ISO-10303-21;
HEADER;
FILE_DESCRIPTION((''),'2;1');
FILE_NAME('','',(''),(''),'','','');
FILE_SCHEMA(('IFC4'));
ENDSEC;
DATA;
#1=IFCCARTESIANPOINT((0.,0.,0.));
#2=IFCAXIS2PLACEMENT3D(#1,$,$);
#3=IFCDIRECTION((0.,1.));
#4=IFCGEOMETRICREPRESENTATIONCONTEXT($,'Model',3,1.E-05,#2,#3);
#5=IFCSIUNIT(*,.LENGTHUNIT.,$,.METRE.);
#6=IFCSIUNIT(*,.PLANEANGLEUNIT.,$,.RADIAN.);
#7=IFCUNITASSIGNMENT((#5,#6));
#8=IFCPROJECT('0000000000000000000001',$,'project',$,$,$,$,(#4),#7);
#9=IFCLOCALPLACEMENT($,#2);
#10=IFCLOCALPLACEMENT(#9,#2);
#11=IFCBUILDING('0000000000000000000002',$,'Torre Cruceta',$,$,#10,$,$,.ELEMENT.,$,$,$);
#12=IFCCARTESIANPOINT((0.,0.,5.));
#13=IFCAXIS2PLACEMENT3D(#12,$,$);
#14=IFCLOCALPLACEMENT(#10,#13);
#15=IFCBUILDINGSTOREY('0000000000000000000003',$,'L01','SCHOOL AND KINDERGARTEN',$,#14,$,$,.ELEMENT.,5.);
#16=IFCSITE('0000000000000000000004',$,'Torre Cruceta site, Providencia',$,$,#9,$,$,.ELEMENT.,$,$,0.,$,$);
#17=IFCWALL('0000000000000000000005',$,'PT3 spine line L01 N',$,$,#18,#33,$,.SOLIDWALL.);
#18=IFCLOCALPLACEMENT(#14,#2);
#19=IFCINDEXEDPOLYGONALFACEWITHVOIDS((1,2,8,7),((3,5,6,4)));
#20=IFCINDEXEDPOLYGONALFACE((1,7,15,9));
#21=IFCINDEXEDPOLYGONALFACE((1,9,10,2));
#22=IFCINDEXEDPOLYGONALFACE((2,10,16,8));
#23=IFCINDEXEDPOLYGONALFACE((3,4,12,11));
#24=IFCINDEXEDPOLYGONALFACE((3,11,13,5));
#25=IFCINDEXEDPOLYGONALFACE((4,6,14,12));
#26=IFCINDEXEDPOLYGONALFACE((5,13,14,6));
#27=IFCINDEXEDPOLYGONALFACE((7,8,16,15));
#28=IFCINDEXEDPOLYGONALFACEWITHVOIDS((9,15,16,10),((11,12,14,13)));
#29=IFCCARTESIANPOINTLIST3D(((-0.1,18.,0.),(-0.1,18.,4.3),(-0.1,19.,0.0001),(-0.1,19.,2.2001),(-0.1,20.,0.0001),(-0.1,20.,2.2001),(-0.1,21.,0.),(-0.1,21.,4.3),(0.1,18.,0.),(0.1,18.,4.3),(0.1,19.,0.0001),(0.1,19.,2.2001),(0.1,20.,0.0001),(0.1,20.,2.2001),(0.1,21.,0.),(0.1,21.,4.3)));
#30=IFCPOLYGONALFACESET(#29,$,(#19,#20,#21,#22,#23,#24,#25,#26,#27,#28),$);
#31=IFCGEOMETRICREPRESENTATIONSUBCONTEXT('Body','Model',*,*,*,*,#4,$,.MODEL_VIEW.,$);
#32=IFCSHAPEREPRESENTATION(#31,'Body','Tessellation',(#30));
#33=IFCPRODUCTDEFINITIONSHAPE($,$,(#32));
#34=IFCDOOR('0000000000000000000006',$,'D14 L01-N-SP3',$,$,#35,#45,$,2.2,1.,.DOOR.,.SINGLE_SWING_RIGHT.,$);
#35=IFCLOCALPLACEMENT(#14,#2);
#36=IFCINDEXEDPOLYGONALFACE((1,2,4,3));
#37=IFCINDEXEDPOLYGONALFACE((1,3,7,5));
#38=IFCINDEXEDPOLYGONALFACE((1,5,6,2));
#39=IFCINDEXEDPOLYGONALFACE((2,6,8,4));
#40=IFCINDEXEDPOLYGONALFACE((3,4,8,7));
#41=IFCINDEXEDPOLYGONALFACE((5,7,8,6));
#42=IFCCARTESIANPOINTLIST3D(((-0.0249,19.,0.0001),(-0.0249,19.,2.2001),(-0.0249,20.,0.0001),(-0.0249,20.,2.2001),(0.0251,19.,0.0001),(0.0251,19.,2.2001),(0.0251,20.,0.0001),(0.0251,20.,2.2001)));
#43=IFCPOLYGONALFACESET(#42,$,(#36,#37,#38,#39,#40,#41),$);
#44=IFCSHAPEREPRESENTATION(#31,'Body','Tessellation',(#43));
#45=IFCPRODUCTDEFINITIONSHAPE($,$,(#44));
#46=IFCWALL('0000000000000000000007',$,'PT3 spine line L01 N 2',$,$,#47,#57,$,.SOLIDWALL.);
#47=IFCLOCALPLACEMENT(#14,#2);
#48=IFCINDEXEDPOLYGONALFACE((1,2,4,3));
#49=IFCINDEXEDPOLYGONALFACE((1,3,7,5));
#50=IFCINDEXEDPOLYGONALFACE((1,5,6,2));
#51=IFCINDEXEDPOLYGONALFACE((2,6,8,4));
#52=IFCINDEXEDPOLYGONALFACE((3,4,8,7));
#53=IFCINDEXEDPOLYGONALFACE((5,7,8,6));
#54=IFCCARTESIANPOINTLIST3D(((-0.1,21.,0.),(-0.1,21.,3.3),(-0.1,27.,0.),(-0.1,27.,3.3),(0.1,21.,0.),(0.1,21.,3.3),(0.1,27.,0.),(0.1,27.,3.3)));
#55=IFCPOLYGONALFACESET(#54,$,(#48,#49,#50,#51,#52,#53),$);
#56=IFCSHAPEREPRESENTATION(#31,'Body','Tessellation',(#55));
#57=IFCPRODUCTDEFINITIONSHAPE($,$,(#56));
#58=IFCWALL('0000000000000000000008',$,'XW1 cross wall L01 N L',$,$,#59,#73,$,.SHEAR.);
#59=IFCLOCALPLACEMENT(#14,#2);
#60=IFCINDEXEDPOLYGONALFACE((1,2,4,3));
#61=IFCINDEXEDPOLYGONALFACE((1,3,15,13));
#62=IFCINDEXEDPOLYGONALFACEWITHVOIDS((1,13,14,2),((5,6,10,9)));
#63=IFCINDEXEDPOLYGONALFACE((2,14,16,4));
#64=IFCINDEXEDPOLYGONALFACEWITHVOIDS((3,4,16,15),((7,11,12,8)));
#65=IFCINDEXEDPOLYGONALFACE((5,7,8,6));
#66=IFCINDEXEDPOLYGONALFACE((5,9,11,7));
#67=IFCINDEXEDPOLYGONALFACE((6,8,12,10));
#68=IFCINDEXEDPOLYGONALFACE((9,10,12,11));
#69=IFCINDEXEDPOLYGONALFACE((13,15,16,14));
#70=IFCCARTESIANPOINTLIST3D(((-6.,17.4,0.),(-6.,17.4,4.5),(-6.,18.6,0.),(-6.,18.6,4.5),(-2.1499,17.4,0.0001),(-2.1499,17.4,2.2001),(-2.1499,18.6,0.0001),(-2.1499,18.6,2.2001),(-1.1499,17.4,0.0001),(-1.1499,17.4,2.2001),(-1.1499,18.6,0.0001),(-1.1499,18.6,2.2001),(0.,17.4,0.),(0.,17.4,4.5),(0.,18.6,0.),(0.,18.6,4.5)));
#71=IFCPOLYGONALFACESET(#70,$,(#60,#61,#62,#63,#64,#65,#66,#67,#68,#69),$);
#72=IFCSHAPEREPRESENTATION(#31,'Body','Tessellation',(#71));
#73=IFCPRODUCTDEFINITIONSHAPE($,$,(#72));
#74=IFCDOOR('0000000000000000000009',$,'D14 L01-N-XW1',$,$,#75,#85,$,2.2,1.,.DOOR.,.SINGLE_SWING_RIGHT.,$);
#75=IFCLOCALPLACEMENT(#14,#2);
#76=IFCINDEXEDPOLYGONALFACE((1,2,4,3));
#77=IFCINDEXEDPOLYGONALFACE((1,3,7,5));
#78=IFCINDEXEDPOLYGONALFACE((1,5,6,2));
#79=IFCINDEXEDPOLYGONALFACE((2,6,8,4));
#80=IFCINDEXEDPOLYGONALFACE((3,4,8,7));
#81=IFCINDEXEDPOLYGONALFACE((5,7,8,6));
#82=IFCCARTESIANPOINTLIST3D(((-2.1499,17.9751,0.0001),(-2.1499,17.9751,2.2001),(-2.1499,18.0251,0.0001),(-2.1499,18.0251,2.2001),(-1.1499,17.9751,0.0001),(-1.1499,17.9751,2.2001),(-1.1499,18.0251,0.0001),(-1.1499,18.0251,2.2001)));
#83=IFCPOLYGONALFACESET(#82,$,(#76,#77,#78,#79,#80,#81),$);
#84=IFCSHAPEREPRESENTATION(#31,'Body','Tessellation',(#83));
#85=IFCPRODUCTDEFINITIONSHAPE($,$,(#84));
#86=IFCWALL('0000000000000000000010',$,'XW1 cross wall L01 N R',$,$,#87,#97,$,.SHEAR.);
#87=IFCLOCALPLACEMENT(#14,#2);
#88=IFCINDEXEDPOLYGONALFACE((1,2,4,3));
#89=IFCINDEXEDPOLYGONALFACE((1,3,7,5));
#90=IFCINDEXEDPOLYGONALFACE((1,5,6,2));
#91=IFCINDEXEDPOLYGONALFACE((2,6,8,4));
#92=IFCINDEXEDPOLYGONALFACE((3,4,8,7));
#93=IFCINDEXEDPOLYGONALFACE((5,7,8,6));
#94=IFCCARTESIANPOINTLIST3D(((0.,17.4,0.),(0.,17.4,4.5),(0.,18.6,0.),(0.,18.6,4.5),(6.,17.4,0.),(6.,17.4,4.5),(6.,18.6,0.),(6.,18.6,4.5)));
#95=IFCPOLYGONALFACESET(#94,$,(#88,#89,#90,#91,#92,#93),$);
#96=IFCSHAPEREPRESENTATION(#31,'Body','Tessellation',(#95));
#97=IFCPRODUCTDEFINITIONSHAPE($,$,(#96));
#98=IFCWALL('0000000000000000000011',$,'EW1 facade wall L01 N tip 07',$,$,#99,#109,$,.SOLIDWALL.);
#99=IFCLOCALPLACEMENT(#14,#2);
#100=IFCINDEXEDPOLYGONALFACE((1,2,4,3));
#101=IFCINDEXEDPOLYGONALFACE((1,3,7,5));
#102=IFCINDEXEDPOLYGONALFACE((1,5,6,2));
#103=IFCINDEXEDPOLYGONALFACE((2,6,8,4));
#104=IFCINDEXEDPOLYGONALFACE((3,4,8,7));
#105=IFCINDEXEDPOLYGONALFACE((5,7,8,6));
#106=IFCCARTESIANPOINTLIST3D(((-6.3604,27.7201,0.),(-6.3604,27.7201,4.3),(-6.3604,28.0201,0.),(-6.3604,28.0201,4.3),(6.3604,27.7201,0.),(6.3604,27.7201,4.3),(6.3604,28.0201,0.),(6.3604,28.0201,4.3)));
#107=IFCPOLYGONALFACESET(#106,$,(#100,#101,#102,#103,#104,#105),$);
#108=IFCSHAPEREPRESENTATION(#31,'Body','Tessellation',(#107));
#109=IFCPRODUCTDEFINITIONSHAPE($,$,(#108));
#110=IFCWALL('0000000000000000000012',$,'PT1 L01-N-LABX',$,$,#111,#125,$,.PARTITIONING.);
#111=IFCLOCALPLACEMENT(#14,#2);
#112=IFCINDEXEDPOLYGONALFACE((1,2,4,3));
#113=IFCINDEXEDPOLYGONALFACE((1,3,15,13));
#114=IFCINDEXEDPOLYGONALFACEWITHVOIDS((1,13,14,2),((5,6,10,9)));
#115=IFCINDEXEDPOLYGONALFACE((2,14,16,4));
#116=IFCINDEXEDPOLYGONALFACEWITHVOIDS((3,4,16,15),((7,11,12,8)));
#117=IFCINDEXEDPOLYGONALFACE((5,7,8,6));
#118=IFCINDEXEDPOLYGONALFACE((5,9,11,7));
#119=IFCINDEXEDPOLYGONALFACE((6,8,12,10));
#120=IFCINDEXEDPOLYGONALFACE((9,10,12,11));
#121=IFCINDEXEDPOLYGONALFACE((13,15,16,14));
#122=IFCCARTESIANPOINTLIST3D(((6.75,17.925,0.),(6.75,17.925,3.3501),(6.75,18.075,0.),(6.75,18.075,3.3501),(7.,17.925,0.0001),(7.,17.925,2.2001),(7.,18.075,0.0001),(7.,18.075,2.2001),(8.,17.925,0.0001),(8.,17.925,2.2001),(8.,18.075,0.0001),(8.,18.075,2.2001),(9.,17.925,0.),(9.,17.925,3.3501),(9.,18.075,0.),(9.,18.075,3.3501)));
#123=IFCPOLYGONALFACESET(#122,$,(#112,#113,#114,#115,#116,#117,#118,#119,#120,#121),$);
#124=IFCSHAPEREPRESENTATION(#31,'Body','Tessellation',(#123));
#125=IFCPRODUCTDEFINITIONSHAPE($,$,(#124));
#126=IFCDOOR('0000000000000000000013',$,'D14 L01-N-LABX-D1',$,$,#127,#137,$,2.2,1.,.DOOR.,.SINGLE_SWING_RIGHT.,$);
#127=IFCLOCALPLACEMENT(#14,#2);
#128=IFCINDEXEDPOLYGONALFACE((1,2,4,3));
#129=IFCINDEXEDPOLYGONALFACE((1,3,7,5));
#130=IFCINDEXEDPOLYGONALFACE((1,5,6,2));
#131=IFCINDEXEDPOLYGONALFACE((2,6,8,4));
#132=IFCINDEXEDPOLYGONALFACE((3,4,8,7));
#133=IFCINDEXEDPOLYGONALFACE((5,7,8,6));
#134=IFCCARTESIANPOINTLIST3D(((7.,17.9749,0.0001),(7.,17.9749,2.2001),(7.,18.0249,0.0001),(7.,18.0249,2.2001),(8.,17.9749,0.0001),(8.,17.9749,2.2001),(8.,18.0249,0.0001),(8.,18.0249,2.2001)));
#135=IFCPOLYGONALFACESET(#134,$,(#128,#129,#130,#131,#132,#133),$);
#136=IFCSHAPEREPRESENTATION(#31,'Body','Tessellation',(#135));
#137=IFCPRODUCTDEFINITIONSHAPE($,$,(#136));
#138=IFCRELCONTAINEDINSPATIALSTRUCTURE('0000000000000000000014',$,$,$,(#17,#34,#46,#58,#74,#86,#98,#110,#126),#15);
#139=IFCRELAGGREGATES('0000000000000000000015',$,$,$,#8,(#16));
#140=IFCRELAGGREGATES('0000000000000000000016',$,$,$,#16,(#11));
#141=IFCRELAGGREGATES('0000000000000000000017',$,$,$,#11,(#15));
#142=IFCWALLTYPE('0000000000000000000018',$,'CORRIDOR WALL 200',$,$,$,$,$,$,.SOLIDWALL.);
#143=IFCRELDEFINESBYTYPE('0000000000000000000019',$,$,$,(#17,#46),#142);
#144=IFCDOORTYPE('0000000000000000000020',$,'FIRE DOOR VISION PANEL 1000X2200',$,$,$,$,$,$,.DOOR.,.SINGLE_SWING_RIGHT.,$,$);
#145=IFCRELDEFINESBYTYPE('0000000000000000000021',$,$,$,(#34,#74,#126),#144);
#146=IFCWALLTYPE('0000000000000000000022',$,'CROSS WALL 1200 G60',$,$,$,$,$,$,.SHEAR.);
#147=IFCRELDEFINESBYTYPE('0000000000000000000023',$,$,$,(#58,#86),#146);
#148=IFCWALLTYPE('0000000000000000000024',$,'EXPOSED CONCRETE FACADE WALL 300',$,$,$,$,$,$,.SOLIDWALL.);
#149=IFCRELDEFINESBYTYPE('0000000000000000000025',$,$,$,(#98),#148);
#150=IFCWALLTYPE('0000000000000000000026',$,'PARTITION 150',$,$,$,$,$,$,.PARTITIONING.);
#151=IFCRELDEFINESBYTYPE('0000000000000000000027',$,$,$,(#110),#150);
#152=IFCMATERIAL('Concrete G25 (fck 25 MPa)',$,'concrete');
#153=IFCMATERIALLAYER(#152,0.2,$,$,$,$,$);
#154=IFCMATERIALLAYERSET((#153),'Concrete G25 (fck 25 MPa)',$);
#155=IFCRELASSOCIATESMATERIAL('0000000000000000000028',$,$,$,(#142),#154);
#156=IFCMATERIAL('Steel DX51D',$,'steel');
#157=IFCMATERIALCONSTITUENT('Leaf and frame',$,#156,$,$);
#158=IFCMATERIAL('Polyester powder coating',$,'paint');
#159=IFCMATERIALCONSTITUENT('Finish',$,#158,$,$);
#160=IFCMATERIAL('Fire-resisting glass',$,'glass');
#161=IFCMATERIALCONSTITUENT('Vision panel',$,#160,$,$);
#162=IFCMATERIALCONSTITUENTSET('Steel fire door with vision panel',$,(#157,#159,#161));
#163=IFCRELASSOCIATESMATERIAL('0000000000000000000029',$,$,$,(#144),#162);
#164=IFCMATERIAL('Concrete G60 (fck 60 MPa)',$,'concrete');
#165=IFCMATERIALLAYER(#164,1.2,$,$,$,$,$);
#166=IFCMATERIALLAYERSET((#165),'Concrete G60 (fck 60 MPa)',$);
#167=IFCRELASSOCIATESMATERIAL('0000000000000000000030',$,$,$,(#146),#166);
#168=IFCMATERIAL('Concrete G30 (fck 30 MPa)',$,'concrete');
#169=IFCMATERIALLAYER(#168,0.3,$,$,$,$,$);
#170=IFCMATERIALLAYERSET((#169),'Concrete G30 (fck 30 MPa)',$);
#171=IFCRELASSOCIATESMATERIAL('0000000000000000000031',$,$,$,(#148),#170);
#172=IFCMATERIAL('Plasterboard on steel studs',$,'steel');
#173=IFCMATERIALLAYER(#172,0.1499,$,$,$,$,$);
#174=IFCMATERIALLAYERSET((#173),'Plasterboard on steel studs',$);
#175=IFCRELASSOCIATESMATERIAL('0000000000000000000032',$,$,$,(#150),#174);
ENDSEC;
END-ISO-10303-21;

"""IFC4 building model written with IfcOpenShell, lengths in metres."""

from ifc_helpers import new_model, si_unit, direction, frame, frame_2d, origin, place, context, subcontext, project, spatial, rectangle, extrude, material, layer, layer_set, constituent, constituent_set, type_object, element, fill, save


model = new_model("IFC4")

# Units and contexts
model_context = context("Model", 3, precision=1e-05, world=origin(), true_north=direction((0.0, 1.0)))
body_context = subcontext(model_context, "Body", "Model", "MODEL_VIEW")
ifc_project = project(units=[si_unit("LENGTHUNIT", "METRE"), si_unit("PLANEANGLEUNIT", "RADIAN")], contexts=[model_context])

# Site, building, storey
site_placement = place(None, origin())
site = spatial("IfcSite", under=ifc_project, at=site_placement, Name="Torre Cruceta site, Providencia", CompositionType="ELEMENT", RefElevation=0.0)
building_placement = place(site_placement, origin())
building = spatial("IfcBuilding", under=site, at=building_placement, Name="Torre Cruceta", CompositionType="ELEMENT")
storey_placement = place(building_placement, frame((0.0, 0.0, 5.0)))
storey = spatial("IfcBuildingStorey", under=building, at=storey_placement, Name="L01", Description="SCHOOL AND KINDERGARTEN", CompositionType="ELEMENT", Elevation=5.0)

# Wall, opening, door
ifc_material_1 = material(Name="Concrete G25 (fck 25 MPa)", Category="concrete")
ifc_layer_1 = layer(ifc_material_1, 0.2)
ifc_layer_set_1 = layer_set([ifc_layer_1], Name="Concrete G25 (fck 25 MPa)")
wall_type_1 = type_object("IfcWallType", Name="CORRIDOR WALL 200", PredefinedType="SOLIDWALL", material=ifc_layer_set_1)
wall_1_placement = place(storey_placement, frame((0.0, 18.0, 0.0), z_axis=(0.0, 0.0, 1.0), x_axis=(0.0, 1.0, 0.0)))
wall_1 = element("IfcWall", 1, at=wall_1_placement, inside=storey, type_object=wall_type_1, Name="PT3 spine line L01 N", PredefinedType="SOLIDWALL", context=body_context, shape_type="SweptSolid", body=[
    extrude(rectangle(XDim=3.0, YDim=0.2, at=frame_2d((1.5, 0.0))), origin(), (0.0, 0.0, 1.0), 4.3),
])
opening_1_placement = place(wall_1_placement, frame((1.0, 0.0, 0.0)))
opening_1 = element("IfcOpeningElement", 2, at=opening_1_placement, cuts=wall_1, PredefinedType="OPENING", context=body_context, shape_type="SweptSolid", body=[
    extrude(rectangle(XDim=1.0, YDim=2.2, at=frame_2d((0.5, 1.1001))), frame((0.0, 0.1099, 0.0), z_axis=(0.0, -1.0, 0.0), x_axis=(1.0, 0.0, 0.0)), (0.0, 0.0, 1.0), 0.22),
])
ifc_material_2 = material(Name="Steel DX51D", Category="steel")
ifc_constituent_1 = constituent(ifc_material_2, Name="Leaf and frame")
ifc_material_3 = material(Name="Polyester powder coating", Category="paint")
ifc_constituent_2 = constituent(ifc_material_3, Name="Finish")
ifc_material_4 = material(Name="Fire-resisting glass", Category="glass")
ifc_constituent_3 = constituent(ifc_material_4, Name="Vision panel")
ifc_constituent_set = constituent_set(constituents=[ifc_constituent_1, ifc_constituent_2, ifc_constituent_3], Name="Steel fire door with vision panel")
door_type = type_object("IfcDoorType", Name="FIRE DOOR VISION PANEL 1000X2200", OperationType="SINGLE_SWING_RIGHT", PredefinedType="DOOR", material=ifc_constituent_set)
door_1_placement = place(opening_1_placement, frame((1.0, 0.0, 0.0), z_axis=(0.0, 0.0, 1.0), x_axis=(-1.0, 0.0, 0.0)))
door_1 = element("IfcDoor", 3, at=door_1_placement, inside=storey, type_object=door_type, Name="D14 L01-N-SP3", OperationType="SINGLE_SWING_RIGHT", OverallHeight=2.2, OverallWidth=1.0, PredefinedType="DOOR", context=body_context, shape_type="SweptSolid", body=[
    extrude(rectangle(XDim=1.0, YDim=2.2, at=frame_2d((0.5, 1.1001))), frame((0.0, 0.0251, 0.0), z_axis=(0.0, -1.0, 0.0), x_axis=(1.0, 0.0, 0.0)), (0.0, 0.0, 1.0), 0.05),
])
fill(opening_1, door_1)

# Wall
wall_2_placement = place(storey_placement, frame((0.0, 21.0, 0.0), z_axis=(0.0, 0.0, 1.0), x_axis=(0.0, 1.0, 0.0)))
element("IfcWall", 4, at=wall_2_placement, inside=storey, type_object=wall_type_1, Name="PT3 spine line L01 N 2", PredefinedType="SOLIDWALL", context=body_context, shape_type="SweptSolid", body=[
    extrude(rectangle(XDim=6.0, YDim=0.2, at=frame_2d((3.0, 0.0))), origin(), (0.0, 0.0, 1.0), 3.3),
])

# Wall, opening, door
ifc_material_5 = material(Name="Concrete G60 (fck 60 MPa)", Category="concrete")
ifc_layer_2 = layer(ifc_material_5, 1.2)
ifc_layer_set_2 = layer_set([ifc_layer_2], Name="Concrete G60 (fck 60 MPa)")
wall_type_2 = type_object("IfcWallType", Name="CROSS WALL 1200 G60", PredefinedType="SHEAR", material=ifc_layer_set_2)
wall_3_placement = place(storey_placement, frame((0.0, 18.0, 0.0), z_axis=(0.0, 0.0, 1.0), x_axis=(-1.0, 0.0, 0.0)))
wall_3 = element("IfcWall", 5, at=wall_3_placement, inside=storey, type_object=wall_type_2, Name="XW1 cross wall L01 N L", PredefinedType="SHEAR", context=body_context, shape_type="SweptSolid", body=[
    extrude(rectangle(XDim=6.0, YDim=1.2, at=frame_2d((3.0, 0.0))), origin(), (0.0, 0.0, 1.0), 4.5),
])
opening_2_placement = place(wall_3_placement, frame((1.1499, 0.0, 0.0)))
opening_2 = element("IfcOpeningElement", 6, at=opening_2_placement, cuts=wall_3, PredefinedType="OPENING", context=body_context, shape_type="SweptSolid", body=[
    extrude(rectangle(XDim=1.0, YDim=2.2, at=frame_2d((0.5, 1.1001))), frame((0.0, 0.6099, 0.0), z_axis=(0.0, -1.0, 0.0), x_axis=(1.0, 0.0, 0.0)), (0.0, 0.0, 1.0), 1.22),
])
door_2_placement = place(opening_2_placement, frame((1.0, 0.0, 0.0), z_axis=(0.0, 0.0, 1.0), x_axis=(-1.0, 0.0, 0.0)))
door_2 = element("IfcDoor", 7, at=door_2_placement, inside=storey, type_object=door_type, Name="D14 L01-N-XW1", OperationType="SINGLE_SWING_RIGHT", OverallHeight=2.2, OverallWidth=1.0, PredefinedType="DOOR", context=body_context, shape_type="SweptSolid", body=[
    extrude(rectangle(XDim=1.0, YDim=2.2, at=frame_2d((0.5, 1.1001))), frame((0.0, 0.0251, 0.0), z_axis=(0.0, -1.0, 0.0), x_axis=(1.0, 0.0, 0.0)), (0.0, 0.0, 1.0), 0.05),
])
fill(opening_2, door_2)

# Walls
wall_4_placement = place(storey_placement, frame((0.0, 18.0, 0.0), z_axis=(0.0, 0.0, 1.0), x_axis=(1.0, 0.0, 0.0)))
element("IfcWall", 8, at=wall_4_placement, inside=storey, type_object=wall_type_2, Name="XW1 cross wall L01 N R", PredefinedType="SHEAR", context=body_context, shape_type="SweptSolid", body=[
    extrude(rectangle(XDim=6.0, YDim=1.2, at=frame_2d((3.0, 0.0))), origin(), (0.0, 0.0, 1.0), 4.5),
])
ifc_material_6 = material(Name="Concrete G30 (fck 30 MPa)", Category="concrete")
ifc_layer_3 = layer(ifc_material_6, 0.3)
ifc_layer_set_3 = layer_set([ifc_layer_3], Name="Concrete G30 (fck 30 MPa)")
wall_type_3 = type_object("IfcWallType", Name="EXPOSED CONCRETE FACADE WALL 300", PredefinedType="SOLIDWALL", material=ifc_layer_set_3)
wall_5_placement = place(storey_placement, frame((6.3604, 27.8701, 0.0), z_axis=(0.0, 0.0, 1.0), x_axis=(-1.0, 0.0, 0.0)))
element("IfcWall", 9, at=wall_5_placement, inside=storey, type_object=wall_type_3, Name="EW1 facade wall L01 N tip 07", PredefinedType="SOLIDWALL", context=body_context, shape_type="SweptSolid", body=[
    extrude(rectangle(XDim=12.7207, YDim=0.3, at=frame_2d((6.3604, 0.0))), origin(), (0.0, 0.0, 1.0), 4.3),
])

# Wall, opening, door
ifc_material_7 = material(Name="Plasterboard on steel studs", Category="steel")
ifc_layer_4 = layer(ifc_material_7, 0.1499)
ifc_layer_set_4 = layer_set([ifc_layer_4], Name="Plasterboard on steel studs")
wall_type_4 = type_object("IfcWallType", Name="PARTITION 150", PredefinedType="PARTITIONING", material=ifc_layer_set_4)
wall_6_placement = place(storey_placement, frame((6.75, 18.0, 0.0), z_axis=(0.0, 0.0, 1.0), x_axis=(1.0, 0.0, 0.0)))
wall_6 = element("IfcWall", 10, at=wall_6_placement, inside=storey, type_object=wall_type_4, Name="PT1 L01-N-LABX", PredefinedType="PARTITIONING", context=body_context, shape_type="SweptSolid", body=[
    extrude(rectangle(XDim=2.25, YDim=0.1499, at=frame_2d((1.125, 0.0))), origin(), (0.0, 0.0, 1.0), 3.3501),
])
opening_3_placement = place(wall_6_placement, frame((0.25, 0.0, 0.0)))
opening_3 = element("IfcOpeningElement", 11, at=opening_3_placement, cuts=wall_6, PredefinedType="OPENING", context=body_context, shape_type="SweptSolid", body=[
    extrude(rectangle(XDim=1.0, YDim=2.2, at=frame_2d((0.5, 1.1001))), frame((0.0, 0.085, 0.0), z_axis=(0.0, -1.0, 0.0), x_axis=(1.0, 0.0, 0.0)), (0.0, 0.0, 1.0), 0.1699),
])
door_3_placement = place(opening_3_placement, frame((1.0, 0.0, 0.0), z_axis=(0.0, 0.0, 1.0), x_axis=(-1.0, 0.0, 0.0)))
door_3 = element("IfcDoor", 12, at=door_3_placement, inside=storey, type_object=door_type, Name="D14 L01-N-LABX-D1", OperationType="SINGLE_SWING_RIGHT", OverallHeight=2.2, OverallWidth=1.0, PredefinedType="DOOR", context=body_context, shape_type="SweptSolid", body=[
    extrude(rectangle(XDim=1.0, YDim=2.2, at=frame_2d((0.5, 1.1001))), frame((0.0, 0.0251, 0.0), z_axis=(0.0, -1.0, 0.0), x_axis=(1.0, 0.0, 0.0)), (0.0, 0.0, 1.0), 0.05),
])
fill(opening_3, door_3)

save(model, "model.ifc")
